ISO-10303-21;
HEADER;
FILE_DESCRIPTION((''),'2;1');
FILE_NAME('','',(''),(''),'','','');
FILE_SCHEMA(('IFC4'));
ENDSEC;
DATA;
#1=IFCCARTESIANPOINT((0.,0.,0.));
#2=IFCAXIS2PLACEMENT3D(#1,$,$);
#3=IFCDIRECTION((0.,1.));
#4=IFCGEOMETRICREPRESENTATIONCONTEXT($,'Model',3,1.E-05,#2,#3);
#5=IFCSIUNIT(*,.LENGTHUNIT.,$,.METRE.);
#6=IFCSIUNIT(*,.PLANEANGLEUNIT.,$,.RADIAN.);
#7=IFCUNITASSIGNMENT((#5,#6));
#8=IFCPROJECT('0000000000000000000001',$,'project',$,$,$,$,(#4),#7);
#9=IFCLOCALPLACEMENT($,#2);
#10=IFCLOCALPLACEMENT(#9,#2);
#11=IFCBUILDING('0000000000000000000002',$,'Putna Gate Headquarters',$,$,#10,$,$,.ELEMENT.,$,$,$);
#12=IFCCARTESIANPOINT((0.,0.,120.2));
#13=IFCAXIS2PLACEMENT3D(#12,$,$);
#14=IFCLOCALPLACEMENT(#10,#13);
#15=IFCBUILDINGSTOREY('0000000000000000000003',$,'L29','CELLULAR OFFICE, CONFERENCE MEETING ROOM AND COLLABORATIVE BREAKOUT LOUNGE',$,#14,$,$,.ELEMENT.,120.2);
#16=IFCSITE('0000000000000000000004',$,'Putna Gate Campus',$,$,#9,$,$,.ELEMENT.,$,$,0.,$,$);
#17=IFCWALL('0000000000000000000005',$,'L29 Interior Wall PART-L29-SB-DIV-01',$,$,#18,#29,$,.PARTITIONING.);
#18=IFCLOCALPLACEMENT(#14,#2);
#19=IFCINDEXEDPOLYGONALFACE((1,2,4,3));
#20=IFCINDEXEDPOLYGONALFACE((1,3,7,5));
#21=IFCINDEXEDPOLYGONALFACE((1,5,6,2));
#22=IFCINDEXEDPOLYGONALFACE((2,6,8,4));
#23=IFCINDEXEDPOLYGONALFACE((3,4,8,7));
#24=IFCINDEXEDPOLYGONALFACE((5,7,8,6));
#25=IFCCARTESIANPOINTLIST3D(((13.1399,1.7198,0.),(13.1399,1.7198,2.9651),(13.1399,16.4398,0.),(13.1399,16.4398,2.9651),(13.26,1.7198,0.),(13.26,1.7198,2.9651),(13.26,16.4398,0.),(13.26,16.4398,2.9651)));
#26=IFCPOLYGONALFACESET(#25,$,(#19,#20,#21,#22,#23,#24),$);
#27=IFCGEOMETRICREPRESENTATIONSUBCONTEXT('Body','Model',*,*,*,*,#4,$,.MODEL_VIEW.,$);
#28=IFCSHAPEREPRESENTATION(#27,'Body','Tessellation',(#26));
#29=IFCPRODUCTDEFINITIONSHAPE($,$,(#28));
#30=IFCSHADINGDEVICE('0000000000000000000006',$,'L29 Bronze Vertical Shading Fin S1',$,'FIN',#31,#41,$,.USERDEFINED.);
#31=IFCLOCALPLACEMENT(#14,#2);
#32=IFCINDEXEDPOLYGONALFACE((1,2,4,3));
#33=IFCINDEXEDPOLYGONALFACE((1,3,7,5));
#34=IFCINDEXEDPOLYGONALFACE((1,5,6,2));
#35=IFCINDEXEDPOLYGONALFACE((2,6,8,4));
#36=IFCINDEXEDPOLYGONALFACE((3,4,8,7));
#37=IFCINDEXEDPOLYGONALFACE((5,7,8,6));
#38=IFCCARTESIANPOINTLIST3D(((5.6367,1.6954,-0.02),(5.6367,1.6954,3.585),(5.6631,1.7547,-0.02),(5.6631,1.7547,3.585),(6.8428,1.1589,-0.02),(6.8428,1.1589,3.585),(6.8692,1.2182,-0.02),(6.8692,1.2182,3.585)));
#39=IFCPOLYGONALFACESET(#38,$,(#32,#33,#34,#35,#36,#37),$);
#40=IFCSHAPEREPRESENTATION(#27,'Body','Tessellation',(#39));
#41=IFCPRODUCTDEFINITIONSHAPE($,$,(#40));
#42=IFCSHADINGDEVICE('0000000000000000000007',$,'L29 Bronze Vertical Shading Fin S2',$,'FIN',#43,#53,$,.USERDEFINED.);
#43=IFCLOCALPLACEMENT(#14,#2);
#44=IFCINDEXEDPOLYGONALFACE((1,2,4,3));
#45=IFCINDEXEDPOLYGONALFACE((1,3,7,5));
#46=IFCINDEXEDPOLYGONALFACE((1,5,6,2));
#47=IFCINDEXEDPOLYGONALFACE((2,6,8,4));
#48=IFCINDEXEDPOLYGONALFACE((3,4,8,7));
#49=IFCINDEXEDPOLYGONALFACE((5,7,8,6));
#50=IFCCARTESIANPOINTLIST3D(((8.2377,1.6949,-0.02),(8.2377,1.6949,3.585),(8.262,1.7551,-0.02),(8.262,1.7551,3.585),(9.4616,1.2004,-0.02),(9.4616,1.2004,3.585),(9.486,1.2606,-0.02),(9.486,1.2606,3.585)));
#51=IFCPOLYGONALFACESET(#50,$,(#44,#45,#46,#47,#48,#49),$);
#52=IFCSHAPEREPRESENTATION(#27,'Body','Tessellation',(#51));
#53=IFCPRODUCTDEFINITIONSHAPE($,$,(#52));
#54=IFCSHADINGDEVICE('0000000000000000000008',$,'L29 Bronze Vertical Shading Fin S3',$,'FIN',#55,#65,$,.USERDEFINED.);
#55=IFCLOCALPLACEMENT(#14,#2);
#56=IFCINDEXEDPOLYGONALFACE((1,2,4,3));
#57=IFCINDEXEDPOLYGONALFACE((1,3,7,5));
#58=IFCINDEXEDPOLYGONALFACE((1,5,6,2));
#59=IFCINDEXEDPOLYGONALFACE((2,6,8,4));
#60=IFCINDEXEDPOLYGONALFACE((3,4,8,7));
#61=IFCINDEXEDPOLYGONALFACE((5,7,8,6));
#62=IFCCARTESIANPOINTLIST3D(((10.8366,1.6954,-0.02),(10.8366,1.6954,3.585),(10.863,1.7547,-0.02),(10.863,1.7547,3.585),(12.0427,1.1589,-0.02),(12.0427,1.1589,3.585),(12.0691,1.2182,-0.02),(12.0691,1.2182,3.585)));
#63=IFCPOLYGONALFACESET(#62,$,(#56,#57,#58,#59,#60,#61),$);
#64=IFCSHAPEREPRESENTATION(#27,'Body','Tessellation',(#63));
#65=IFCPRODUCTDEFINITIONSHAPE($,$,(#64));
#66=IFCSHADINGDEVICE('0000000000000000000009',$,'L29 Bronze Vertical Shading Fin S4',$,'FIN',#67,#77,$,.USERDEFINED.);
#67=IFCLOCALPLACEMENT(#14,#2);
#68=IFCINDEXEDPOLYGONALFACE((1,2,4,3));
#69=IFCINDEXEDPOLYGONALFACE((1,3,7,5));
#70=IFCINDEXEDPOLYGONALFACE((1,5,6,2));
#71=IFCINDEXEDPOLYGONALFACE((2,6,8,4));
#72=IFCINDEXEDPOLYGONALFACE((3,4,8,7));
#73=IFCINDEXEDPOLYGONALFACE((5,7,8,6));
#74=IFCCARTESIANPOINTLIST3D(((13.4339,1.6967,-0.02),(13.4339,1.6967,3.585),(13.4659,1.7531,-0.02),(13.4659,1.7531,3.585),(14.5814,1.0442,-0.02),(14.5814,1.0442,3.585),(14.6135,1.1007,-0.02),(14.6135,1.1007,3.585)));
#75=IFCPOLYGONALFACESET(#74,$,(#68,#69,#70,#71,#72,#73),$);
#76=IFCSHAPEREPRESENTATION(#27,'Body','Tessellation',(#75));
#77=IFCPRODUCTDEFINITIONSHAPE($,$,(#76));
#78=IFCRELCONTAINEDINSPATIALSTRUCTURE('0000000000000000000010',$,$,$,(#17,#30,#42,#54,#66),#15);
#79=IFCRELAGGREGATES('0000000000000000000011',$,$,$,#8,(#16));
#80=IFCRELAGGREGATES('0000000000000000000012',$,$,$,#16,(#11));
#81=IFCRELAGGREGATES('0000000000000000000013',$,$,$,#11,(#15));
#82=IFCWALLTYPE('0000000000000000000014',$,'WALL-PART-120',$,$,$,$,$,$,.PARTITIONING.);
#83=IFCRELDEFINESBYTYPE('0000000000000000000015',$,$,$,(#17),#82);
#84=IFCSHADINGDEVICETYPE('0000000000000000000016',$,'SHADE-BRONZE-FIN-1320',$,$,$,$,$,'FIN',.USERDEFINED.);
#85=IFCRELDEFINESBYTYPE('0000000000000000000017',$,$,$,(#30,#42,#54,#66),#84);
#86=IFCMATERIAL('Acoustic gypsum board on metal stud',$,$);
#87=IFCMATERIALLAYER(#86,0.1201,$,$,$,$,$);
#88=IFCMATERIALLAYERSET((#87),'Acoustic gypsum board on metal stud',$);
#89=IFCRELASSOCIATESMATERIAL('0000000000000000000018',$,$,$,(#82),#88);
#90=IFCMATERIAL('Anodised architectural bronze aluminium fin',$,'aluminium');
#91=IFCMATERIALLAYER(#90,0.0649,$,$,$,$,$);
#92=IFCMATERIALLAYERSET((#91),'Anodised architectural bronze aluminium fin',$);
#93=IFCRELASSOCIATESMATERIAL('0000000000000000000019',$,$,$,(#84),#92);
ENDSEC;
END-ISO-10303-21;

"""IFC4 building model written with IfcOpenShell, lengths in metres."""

from ifc_helpers import new_model, si_unit, direction, frame, frame_2d, origin, origin_2d, place, context, subcontext, project, spatial, rectangle, extrude, material, layer, layer_set, type_object, element, save


model = new_model("IFC4")

# Units and contexts
model_context = context("Model", 3, precision=1e-05, world=origin(), true_north=direction((0.0, 1.0)))
body_context = subcontext(model_context, "Body", "Model", "MODEL_VIEW")
ifc_project = project(units=[si_unit("LENGTHUNIT", "METRE"), si_unit("PLANEANGLEUNIT", "RADIAN")], contexts=[model_context])

# Site, building, storey
site_placement = place(None, origin())
site = spatial("IfcSite", under=ifc_project, at=site_placement, Name="Putna Gate Campus", CompositionType="ELEMENT", RefElevation=0.0)
building_placement = place(site_placement, origin())
building = spatial("IfcBuilding", under=site, at=building_placement, Name="Putna Gate Headquarters", CompositionType="ELEMENT")
storey_placement = place(building_placement, frame((0.0, 0.0, 120.2)))
storey = spatial("IfcBuildingStorey", under=building, at=storey_placement, Name="L29", Description="CELLULAR OFFICE, CONFERENCE MEETING ROOM AND COLLABORATIVE BREAKOUT LOUNGE", CompositionType="ELEMENT", Elevation=120.2)

# Wall
ifc_material_1 = material(Name="Acoustic gypsum board on metal stud")
ifc_layer_1 = layer(ifc_material_1, 0.1201)
ifc_layer_set_1 = layer_set([ifc_layer_1], Name="Acoustic gypsum board on metal stud")
wall_type_1 = type_object("IfcWallType", Name="WALL-PART-120", PredefinedType="PARTITIONING", material=ifc_layer_set_1)
wall_placement = place(storey_placement, frame((13.2, 1.72, 0.0), z_axis=(0.0, 0.0, 1.0), x_axis=(0.0, 1.0, 0.0)))
element("IfcWall", 1, at=wall_placement, inside=storey, type_object=wall_type_1, Name="L29 Interior Wall PART-L29-SB-DIV-01", PredefinedType="PARTITIONING", context=body_context, shape_type="SweptSolid", body=[
    extrude(rectangle(XDim=14.72, YDim=0.1201, at=frame_2d((7.3599, 0.0))), origin(), (0.0, 0.0, 1.0), 2.9651),
])

# Shading devices
ifc_material_2 = material(Name="Anodised architectural bronze aluminium fin", Category="aluminium")
ifc_layer_2 = layer(ifc_material_2, 0.0649)
ifc_layer_set_2 = layer_set([ifc_layer_2], Name="Anodised architectural bronze aluminium fin")
shading_device_type = type_object("IfcShadingDeviceType", Name="SHADE-BRONZE-FIN-1320", ElementType="FIN", PredefinedType="USERDEFINED", material=ifc_layer_set_2)
for number, where, z_axis, x_axis, name in (
    (2, (6.2529, 1.4568, -0.02), (0.0, 0.0, 1.0), (0.913687, -0.406418, 0.0), "L29 Bronze Vertical Shading Fin S1"),
    (3, (8.8618, 1.4778, -0.02), (0.0, 0.0, 1.0), (0.927184, -0.374607, 0.0), "L29 Bronze Vertical Shading Fin S2"),
    (4, (11.4529, 1.4568, -0.02), (0.0, 0.0, 1.0), (0.913687, -0.406418, 0.0), "L29 Bronze Vertical Shading Fin S3"),
    (5, (14.0237, 1.3987, -0.02), (0.0, 0.0, 1.0), (0.869322, -0.494245, 0.0), "L29 Bronze Vertical Shading Fin S4"),
):
    element("IfcShadingDevice", number, at=place(storey_placement, frame(where, z_axis=z_axis, x_axis=x_axis)), inside=storey, type_object=shading_device_type, Name=name, ObjectType="FIN", PredefinedType="USERDEFINED", context=body_context, shape_type="SweptSolid", body=[
        extrude(rectangle(XDim=1.3201, YDim=0.0649, at=origin_2d()), origin(), (0.0, 0.0, 1.0), 3.605),
    ])

save(model, "model.ifc")
